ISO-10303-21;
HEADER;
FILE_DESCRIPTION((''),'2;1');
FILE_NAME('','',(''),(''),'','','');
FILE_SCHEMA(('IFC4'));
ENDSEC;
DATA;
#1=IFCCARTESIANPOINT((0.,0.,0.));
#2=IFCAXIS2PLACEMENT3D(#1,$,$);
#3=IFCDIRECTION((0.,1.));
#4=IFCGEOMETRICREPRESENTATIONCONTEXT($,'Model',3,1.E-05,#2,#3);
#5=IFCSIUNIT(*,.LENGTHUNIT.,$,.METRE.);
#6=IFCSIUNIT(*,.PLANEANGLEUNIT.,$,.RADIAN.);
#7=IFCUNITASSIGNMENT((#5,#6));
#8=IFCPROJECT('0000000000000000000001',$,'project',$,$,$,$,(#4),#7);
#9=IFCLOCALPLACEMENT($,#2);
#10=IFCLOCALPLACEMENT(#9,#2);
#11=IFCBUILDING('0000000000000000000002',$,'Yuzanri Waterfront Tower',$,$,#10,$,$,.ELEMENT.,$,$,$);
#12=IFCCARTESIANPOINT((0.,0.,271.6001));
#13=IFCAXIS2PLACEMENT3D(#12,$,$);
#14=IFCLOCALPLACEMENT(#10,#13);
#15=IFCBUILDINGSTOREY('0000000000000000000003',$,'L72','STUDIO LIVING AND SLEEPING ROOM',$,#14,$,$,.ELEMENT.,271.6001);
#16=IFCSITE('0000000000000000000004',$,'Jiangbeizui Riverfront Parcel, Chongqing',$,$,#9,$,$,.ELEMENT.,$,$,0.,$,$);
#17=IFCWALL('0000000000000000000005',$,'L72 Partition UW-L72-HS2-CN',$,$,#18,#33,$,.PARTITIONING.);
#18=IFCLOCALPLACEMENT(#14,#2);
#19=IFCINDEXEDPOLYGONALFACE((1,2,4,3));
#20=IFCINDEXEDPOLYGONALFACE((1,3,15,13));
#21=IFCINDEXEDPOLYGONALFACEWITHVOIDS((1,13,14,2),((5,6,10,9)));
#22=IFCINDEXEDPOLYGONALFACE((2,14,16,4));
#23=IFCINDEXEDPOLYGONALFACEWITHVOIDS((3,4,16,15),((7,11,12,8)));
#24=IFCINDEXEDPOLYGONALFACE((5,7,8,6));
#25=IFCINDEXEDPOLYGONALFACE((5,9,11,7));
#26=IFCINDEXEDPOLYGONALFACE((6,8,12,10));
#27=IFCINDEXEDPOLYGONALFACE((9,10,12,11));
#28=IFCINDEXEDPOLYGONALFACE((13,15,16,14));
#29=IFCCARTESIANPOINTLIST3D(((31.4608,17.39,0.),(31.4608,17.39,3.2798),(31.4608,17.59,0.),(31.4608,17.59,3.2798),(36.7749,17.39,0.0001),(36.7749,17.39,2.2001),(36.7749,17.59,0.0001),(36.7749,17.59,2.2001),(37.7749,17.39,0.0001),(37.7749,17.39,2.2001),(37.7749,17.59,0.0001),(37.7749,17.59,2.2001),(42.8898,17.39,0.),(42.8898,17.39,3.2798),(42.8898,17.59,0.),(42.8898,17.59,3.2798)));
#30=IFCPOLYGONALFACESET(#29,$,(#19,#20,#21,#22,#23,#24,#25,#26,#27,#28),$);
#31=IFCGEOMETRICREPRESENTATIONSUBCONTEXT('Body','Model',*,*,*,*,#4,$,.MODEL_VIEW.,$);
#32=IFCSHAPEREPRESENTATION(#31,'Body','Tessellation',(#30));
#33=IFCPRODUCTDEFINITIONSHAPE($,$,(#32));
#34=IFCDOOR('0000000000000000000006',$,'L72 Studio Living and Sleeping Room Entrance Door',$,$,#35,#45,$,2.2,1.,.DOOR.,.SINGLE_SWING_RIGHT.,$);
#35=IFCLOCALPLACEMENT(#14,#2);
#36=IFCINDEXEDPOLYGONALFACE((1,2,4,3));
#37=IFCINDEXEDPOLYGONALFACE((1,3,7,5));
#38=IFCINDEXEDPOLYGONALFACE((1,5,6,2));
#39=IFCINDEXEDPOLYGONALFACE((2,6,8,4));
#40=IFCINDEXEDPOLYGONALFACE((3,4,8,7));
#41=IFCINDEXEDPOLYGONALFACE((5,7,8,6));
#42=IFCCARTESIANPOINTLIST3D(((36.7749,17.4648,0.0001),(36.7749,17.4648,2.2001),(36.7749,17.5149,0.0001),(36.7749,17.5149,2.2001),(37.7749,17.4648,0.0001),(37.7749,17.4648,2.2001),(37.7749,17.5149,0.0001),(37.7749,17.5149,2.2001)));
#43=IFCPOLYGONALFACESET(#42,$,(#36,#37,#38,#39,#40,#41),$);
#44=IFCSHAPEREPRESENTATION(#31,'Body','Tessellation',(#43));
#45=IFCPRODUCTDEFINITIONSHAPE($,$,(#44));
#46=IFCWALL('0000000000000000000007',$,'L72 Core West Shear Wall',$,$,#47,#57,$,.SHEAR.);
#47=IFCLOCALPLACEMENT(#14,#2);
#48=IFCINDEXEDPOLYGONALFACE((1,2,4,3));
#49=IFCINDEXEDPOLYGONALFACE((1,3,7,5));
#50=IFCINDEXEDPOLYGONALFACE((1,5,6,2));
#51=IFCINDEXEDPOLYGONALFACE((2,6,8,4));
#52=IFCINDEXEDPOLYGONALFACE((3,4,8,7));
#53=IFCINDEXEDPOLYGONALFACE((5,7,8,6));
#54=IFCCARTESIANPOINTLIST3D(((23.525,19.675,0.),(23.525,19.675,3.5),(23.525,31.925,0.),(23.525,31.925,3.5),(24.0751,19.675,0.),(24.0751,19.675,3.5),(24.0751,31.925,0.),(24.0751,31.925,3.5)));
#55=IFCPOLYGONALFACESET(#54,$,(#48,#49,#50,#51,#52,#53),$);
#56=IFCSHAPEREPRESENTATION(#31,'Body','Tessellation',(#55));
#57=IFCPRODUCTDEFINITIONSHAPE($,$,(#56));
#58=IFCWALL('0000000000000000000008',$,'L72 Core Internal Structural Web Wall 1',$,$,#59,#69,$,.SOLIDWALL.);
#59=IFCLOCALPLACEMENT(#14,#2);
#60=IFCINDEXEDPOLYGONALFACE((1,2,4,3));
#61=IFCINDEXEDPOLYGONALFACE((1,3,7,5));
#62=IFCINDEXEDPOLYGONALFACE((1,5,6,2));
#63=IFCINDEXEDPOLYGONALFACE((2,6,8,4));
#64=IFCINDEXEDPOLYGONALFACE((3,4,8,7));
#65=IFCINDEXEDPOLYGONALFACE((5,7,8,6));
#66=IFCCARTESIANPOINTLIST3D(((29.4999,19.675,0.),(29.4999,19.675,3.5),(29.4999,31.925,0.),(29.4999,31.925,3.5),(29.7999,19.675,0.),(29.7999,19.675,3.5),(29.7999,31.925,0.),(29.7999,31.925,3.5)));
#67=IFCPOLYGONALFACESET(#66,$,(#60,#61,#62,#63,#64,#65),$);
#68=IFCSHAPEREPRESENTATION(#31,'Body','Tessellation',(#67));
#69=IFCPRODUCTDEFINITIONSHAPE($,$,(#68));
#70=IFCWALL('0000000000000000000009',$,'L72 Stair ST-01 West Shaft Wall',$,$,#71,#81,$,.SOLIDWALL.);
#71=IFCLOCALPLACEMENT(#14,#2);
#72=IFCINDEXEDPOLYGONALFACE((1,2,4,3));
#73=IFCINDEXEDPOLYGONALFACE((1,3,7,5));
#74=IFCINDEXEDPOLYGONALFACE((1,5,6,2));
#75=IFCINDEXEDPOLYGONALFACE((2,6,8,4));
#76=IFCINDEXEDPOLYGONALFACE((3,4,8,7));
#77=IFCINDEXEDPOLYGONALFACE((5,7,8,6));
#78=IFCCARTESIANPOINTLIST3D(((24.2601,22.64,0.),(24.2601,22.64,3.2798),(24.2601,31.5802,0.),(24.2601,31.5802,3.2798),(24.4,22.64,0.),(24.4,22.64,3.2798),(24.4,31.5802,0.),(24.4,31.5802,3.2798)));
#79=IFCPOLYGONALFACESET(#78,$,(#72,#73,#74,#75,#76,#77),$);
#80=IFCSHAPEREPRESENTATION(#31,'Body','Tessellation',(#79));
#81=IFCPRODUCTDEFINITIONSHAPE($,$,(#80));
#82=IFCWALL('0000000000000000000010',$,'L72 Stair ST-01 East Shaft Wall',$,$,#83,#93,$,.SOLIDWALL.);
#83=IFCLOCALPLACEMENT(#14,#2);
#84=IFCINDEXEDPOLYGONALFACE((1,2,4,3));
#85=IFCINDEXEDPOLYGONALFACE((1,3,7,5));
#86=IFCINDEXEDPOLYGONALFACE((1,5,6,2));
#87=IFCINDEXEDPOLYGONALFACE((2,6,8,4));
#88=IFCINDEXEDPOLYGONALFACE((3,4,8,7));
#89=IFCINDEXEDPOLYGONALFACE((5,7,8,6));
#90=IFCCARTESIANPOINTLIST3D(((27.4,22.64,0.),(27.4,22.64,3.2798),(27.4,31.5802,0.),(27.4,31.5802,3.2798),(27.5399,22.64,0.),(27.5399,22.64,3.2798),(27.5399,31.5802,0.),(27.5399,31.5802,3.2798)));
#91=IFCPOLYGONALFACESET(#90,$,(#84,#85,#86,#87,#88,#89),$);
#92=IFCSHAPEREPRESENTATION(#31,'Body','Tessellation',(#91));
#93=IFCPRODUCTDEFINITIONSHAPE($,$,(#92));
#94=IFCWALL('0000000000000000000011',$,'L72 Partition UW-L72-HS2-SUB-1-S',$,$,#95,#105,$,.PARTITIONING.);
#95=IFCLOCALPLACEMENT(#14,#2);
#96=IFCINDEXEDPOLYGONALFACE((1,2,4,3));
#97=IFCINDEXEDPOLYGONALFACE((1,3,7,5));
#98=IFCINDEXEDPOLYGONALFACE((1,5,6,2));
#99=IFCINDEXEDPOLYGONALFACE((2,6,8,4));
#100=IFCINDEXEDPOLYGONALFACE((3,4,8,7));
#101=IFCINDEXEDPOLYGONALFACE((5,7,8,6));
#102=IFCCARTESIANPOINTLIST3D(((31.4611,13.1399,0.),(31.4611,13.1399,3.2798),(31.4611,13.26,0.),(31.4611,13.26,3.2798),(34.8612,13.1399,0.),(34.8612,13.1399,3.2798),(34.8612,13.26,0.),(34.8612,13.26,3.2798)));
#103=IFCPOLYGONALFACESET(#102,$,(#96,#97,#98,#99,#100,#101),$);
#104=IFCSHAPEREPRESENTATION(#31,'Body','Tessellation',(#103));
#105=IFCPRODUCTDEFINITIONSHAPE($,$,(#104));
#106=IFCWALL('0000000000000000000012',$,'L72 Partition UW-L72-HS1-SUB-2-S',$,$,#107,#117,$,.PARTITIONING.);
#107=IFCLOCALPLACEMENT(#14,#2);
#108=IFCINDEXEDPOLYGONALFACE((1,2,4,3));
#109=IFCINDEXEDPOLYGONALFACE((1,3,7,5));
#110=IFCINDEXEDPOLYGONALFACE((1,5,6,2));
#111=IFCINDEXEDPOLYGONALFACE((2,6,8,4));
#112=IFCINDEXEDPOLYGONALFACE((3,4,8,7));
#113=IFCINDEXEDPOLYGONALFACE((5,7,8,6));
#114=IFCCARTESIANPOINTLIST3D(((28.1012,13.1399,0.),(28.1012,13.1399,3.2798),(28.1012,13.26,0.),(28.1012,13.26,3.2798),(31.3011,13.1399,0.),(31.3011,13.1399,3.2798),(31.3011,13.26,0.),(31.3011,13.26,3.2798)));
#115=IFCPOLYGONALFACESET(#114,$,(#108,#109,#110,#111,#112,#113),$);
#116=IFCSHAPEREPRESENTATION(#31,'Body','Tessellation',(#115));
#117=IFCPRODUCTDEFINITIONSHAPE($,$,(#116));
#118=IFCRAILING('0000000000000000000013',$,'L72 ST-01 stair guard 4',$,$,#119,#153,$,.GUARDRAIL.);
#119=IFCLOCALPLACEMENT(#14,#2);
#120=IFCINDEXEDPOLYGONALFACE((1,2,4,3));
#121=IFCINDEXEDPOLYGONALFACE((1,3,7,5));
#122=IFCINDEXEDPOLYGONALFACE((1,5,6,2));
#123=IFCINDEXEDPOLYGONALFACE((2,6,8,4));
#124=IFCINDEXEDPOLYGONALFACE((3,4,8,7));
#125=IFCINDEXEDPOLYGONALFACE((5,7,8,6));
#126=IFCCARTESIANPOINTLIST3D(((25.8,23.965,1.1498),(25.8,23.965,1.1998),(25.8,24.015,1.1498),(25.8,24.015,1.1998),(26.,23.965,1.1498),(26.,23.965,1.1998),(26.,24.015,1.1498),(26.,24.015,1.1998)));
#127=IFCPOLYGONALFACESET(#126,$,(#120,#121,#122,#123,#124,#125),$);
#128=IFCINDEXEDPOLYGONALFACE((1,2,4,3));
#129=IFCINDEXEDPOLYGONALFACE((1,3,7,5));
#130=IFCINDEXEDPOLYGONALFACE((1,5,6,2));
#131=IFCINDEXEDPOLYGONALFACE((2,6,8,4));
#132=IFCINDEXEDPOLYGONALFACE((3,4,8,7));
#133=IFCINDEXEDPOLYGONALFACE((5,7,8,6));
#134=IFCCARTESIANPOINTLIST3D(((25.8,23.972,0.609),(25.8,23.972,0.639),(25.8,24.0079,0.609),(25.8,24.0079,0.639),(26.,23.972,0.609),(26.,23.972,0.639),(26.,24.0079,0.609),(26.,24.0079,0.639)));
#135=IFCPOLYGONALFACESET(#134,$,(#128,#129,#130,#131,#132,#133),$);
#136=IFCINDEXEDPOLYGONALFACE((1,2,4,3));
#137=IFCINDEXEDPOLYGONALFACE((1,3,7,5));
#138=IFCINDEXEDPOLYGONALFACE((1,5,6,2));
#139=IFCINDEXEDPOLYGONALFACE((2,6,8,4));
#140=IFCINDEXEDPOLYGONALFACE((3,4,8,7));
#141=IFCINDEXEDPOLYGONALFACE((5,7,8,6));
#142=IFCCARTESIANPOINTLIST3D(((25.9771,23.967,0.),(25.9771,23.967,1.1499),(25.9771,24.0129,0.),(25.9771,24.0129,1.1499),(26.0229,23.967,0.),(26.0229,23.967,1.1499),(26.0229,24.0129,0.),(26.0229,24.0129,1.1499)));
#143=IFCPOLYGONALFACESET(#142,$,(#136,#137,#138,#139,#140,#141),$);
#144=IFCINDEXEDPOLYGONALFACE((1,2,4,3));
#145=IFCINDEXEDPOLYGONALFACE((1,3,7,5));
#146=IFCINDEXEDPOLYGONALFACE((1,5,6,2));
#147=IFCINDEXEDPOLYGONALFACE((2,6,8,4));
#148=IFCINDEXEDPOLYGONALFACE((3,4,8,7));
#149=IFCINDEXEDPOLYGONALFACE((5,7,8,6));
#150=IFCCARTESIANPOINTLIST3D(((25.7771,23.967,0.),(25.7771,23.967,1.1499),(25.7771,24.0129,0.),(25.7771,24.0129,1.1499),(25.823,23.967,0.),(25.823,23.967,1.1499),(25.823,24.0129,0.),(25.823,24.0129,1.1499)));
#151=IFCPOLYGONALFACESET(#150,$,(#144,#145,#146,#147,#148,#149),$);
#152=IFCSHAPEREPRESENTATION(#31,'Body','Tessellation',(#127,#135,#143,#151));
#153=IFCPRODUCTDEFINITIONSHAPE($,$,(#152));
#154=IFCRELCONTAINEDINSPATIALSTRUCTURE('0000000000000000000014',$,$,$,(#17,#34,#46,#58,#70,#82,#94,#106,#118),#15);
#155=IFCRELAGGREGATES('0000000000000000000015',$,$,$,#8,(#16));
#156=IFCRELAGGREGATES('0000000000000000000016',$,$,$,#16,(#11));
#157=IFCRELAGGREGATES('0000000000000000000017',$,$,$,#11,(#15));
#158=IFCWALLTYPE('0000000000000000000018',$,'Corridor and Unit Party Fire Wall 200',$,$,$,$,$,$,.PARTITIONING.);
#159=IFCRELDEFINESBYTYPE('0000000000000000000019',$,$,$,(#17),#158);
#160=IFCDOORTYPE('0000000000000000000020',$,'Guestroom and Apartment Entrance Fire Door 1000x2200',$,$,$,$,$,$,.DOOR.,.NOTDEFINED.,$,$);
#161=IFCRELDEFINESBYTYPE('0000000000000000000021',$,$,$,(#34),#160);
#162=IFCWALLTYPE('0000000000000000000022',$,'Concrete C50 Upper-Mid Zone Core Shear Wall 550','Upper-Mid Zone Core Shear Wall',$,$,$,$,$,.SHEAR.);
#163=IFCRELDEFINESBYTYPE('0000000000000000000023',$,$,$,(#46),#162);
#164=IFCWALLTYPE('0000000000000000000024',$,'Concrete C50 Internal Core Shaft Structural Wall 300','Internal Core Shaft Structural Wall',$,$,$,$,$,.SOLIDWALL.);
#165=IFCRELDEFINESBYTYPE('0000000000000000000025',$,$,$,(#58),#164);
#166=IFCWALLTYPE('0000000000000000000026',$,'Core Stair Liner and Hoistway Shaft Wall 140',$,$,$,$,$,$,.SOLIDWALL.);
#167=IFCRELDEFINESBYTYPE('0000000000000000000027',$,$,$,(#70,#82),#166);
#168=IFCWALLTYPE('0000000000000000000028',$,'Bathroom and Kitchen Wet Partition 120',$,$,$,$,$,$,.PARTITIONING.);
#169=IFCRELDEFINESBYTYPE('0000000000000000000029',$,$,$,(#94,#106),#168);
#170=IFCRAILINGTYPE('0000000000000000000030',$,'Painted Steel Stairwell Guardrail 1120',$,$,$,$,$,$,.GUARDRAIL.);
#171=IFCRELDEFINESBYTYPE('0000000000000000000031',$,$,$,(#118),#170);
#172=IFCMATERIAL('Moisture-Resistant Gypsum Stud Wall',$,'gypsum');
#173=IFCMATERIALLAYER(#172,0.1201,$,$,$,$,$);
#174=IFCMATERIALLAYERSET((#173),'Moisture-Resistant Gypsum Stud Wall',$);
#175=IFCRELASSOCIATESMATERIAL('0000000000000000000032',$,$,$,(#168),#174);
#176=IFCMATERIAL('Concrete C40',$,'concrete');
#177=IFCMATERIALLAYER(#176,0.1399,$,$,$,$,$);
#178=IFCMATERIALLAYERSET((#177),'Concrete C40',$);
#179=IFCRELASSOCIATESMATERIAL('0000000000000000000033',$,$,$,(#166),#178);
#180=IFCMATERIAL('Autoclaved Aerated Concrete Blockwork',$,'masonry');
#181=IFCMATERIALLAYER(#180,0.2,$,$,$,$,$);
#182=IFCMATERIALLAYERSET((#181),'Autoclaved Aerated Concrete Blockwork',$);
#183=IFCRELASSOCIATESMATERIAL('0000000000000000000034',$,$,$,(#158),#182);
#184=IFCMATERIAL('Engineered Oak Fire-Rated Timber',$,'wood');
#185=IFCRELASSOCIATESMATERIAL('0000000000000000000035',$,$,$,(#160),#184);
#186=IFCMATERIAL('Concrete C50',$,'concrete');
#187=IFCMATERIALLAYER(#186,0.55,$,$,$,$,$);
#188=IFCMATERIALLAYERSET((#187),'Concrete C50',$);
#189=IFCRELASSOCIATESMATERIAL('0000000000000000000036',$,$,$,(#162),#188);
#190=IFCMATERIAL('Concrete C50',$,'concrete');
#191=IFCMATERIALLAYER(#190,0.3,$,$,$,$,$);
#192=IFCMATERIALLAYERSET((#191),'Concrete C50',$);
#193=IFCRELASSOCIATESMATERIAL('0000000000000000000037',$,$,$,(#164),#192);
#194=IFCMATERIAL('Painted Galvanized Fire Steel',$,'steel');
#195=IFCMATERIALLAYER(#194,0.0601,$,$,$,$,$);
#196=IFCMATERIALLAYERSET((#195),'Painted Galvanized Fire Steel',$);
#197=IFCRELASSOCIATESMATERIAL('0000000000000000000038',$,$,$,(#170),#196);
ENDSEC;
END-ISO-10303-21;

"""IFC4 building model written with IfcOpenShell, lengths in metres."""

from ifc_helpers import new_model, si_unit, direction, frame, frame_2d, origin, origin_2d, place, context, subcontext, project, spatial, rectangle, extrude, source, transform, mapped, material, layer, layer_set, type_object, element, fill, save


model = new_model("IFC4")

# Units and contexts
model_context = context("Model", 3, precision=1e-05, world=origin(), true_north=direction((0.0, 1.0)))
body_context = subcontext(model_context, "Body", "Model", "MODEL_VIEW")
ifc_project = project(units=[si_unit("LENGTHUNIT", "METRE"), si_unit("PLANEANGLEUNIT", "RADIAN")], contexts=[model_context])

# Site, building, storey
site_placement = place(None, origin())
site = spatial("IfcSite", under=ifc_project, at=site_placement, Name="Jiangbeizui Riverfront Parcel, Chongqing", CompositionType="ELEMENT", RefElevation=0.0)
building_placement = place(site_placement, origin())
building = spatial("IfcBuilding", under=site, at=building_placement, Name="Yuzanri Waterfront Tower", CompositionType="ELEMENT")
storey_placement = place(building_placement, frame((0.0, 0.0, 271.6001)))
storey = spatial("IfcBuildingStorey", under=building, at=storey_placement, Name="L72", Description="STUDIO LIVING AND SLEEPING ROOM", CompositionType="ELEMENT", Elevation=271.6001)

# Wall, opening, door
ifc_material_1 = material(Name="Moisture-Resistant Gypsum Stud Wall", Category="gypsum")
ifc_layer_1 = layer(ifc_material_1, 0.1201)
ifc_layer_set_1 = layer_set([ifc_layer_1], Name="Moisture-Resistant Gypsum Stud Wall")
wall_type_1 = type_object("IfcWallType", Name="Bathroom and Kitchen Wet Partition 120", PredefinedType="PARTITIONING", material=ifc_layer_set_1)
ifc_material_2 = material(Name="Concrete C40", Category="concrete")
ifc_layer_2 = layer(ifc_material_2, 0.1399)
ifc_layer_set_2 = layer_set([ifc_layer_2], Name="Concrete C40")
wall_type_2 = type_object("IfcWallType", Name="Core Stair Liner and Hoistway Shaft Wall 140", PredefinedType="SOLIDWALL", material=ifc_layer_set_2)
ifc_material_3 = material(Name="Autoclaved Aerated Concrete Blockwork", Category="masonry")
ifc_layer_3 = layer(ifc_material_3, 0.2)
ifc_layer_set_3 = layer_set([ifc_layer_3], Name="Autoclaved Aerated Concrete Blockwork")
wall_type_3 = type_object("IfcWallType", Name="Corridor and Unit Party Fire Wall 200", PredefinedType="PARTITIONING", material=ifc_layer_set_3)
wall_1_placement = place(storey_placement, frame((31.4609, 17.49, 0.0), z_axis=(0.0, 0.0, 1.0), x_axis=(1.0, 0.0, 0.0)))
wall_1 = element("IfcWall", 1, at=wall_1_placement, inside=storey, type_object=wall_type_3, Name="L72 Partition UW-L72-HS2-CN", PredefinedType="PARTITIONING", context=body_context, shape_type="SweptSolid", body=[
    extrude(rectangle(XDim=11.429, YDim=0.2, at=frame_2d((5.7144, 0.0))), origin(), (0.0, 0.0, 1.0), 3.2798),
])
opening_1_placement = place(wall_1_placement, frame((5.314, 0.0, 0.0)))
opening_1 = element("IfcOpeningElement", 2, at=opening_1_placement, cuts=wall_1, PredefinedType="OPENING", context=body_context, shape_type="SweptSolid", body=[
    extrude(rectangle(XDim=1.0, YDim=2.2, at=frame_2d((0.5, 1.1001))), frame((0.0, 0.1147, 0.0), z_axis=(0.0, -1.0, 0.0), x_axis=(1.0, 0.0, 0.0)), (0.0, 0.0, 1.0), 0.2297),
])
ifc_material_4 = material(Name="Engineered Oak Fire-Rated Timber", Category="wood")
door_type_1 = type_object("IfcDoorType", Name="Guestroom and Apartment Entrance Fire Door 1000x2200", OperationType="NOTDEFINED", PredefinedType="DOOR", material=ifc_material_4)
shared_shape_1 = source(origin(), body_context, "Body", "SweptSolid", [
    extrude(rectangle(XDim=1.0, YDim=2.2, at=frame_2d((0.5, 1.1001))), frame((0.0, 0.0249, 0.0), z_axis=(0.0, -1.0, 0.0), x_axis=(1.0, 0.0, 0.0)), (0.0, 0.0, 1.0), 0.05),
])
door_1_placement = place(opening_1_placement, origin())
door_1 = element("IfcDoor", 3, at=door_1_placement, inside=storey, type_object=door_type_1, Name="L72 Studio Living and Sleeping Room Entrance Door", OperationType="SINGLE_SWING_RIGHT", OverallHeight=2.2, OverallWidth=1.0, PredefinedType="DOOR", context=body_context, shape_type="MappedRepresentation", body=[
    mapped(shared_shape_1, transform((0.0, 0.0, 0.0), scale=1.0)),
])
fill(opening_1, door_1)

# Walls
ifc_material_5 = material(Name="Concrete C50", Category="concrete")
ifc_layer_4 = layer(ifc_material_5, 0.55)
ifc_layer_set_4 = layer_set([ifc_layer_4], Name="Concrete C50")
wall_type_4 = type_object("IfcWallType", Name="Concrete C50 Upper-Mid Zone Core Shear Wall 550", Description="Upper-Mid Zone Core Shear Wall", PredefinedType="SHEAR", material=ifc_layer_set_4)
shared_shape_2 = source(origin(), body_context, "Body", "SweptSolid", [
    extrude(rectangle(XDim=12.25, YDim=0.55, at=frame_2d((6.125, 0.0))), origin(), (0.0, 0.0, 1.0), 3.5),
])
wall_2_placement = place(storey_placement, frame((23.8, 19.675, 0.0), z_axis=(0.0, 0.0, 1.0), x_axis=(0.0, 1.0, 0.0)))
element("IfcWall", 4, at=wall_2_placement, inside=storey, type_object=wall_type_4, Name="L72 Core West Shear Wall", PredefinedType="SHEAR", context=body_context, shape_type="MappedRepresentation", body=[
    mapped(shared_shape_2, transform((0.0, 0.0, 0.0), scale=1.0)),
])
ifc_material_6 = material(Name="Concrete C50", Category="concrete")
ifc_layer_5 = layer(ifc_material_6, 0.3)
ifc_layer_set_5 = layer_set([ifc_layer_5], Name="Concrete C50")
wall_type_5 = type_object("IfcWallType", Name="Concrete C50 Internal Core Shaft Structural Wall 300", Description="Internal Core Shaft Structural Wall", PredefinedType="SOLIDWALL", material=ifc_layer_set_5)
shared_shape_3 = source(origin(), body_context, "Body", "SweptSolid", [
    extrude(rectangle(XDim=12.25, YDim=0.3, at=frame_2d((6.125, 0.0))), origin(), (0.0, 0.0, 1.0), 3.5),
])
wall_3_placement = place(storey_placement, frame((29.6499, 19.675, 0.0), z_axis=(0.0, 0.0, 1.0), x_axis=(0.0, 1.0, 0.0)))
element("IfcWall", 5, at=wall_3_placement, inside=storey, type_object=wall_type_5, Name="L72 Core Internal Structural Web Wall 1", PredefinedType="SOLIDWALL", context=body_context, shape_type="MappedRepresentation", body=[
    mapped(shared_shape_3, transform((0.0, 0.0, 0.0), scale=1.0)),
])
shared_shape_4 = source(origin(), body_context, "Body", "SweptSolid", [
    extrude(rectangle(XDim=8.9402, YDim=0.1399, at=frame_2d((4.4702, 0.0))), origin(), (0.0, 0.0, 1.0), 3.2798),
])
for number, where, z_axis, x_axis, name in (
    (6, (24.3301, 22.6399, 0.0), (0.0, 0.0, 1.0), (0.0, 1.0, 0.0), "L72 Stair ST-01 West Shaft Wall"),
    (7, (27.47, 22.6399, 0.0), (0.0, 0.0, 1.0), (0.0, 1.0, 0.0), "L72 Stair ST-01 East Shaft Wall"),
):
    element("IfcWall", number, at=place(storey_placement, frame(where, z_axis=z_axis, x_axis=x_axis)), inside=storey, type_object=wall_type_2, Name=name, PredefinedType="SOLIDWALL", context=body_context, shape_type="MappedRepresentation", body=[
        mapped(shared_shape_4, transform((0.0, 0.0, 0.0), scale=1.0)),
    ])
shared_shape_5 = source(origin(), body_context, "Body", "SweptSolid", [
    extrude(rectangle(XDim=3.4001, YDim=0.1201, at=frame_2d((1.7002, 0.0))), origin(), (0.0, 0.0, 1.0), 3.2798),
])
wall_4_placement = place(storey_placement, frame((31.4609, 13.2, 0.0), z_axis=(0.0, 0.0, 1.0), x_axis=(1.0, 0.0, 0.0)))
element("IfcWall", 8, at=wall_4_placement, inside=storey, type_object=wall_type_1, Name="L72 Partition UW-L72-HS2-SUB-1-S", PredefinedType="PARTITIONING", context=body_context, shape_type="MappedRepresentation", body=[
    mapped(shared_shape_5, transform((0.0, 0.0, 0.0), scale=1.0)),
])
shared_shape_6 = source(origin(), body_context, "Body", "SweptSolid", [
    extrude(rectangle(XDim=3.2, YDim=0.1201, at=frame_2d((1.6001, 0.0))), origin(), (0.0, 0.0, 1.0), 3.2798),
])
wall_5_placement = place(storey_placement, frame((28.1011, 13.2, 0.0), z_axis=(0.0, 0.0, 1.0), x_axis=(1.0, 0.0, 0.0)))
element("IfcWall", 9, at=wall_5_placement, inside=storey, type_object=wall_type_1, Name="L72 Partition UW-L72-HS1-SUB-2-S", PredefinedType="PARTITIONING", context=body_context, shape_type="MappedRepresentation", body=[
    mapped(shared_shape_6, transform((0.0, 0.0, 0.0), scale=1.0)),
])

# Railing
ifc_material_7 = material(Name="Painted Galvanized Fire Steel", Category="steel")
ifc_layer_6 = layer(ifc_material_7, 0.0601)
ifc_layer_set_6 = layer_set([ifc_layer_6], Name="Painted Galvanized Fire Steel")
railing_type = type_object("IfcRailingType", Name="Painted Steel Stairwell Guardrail 1120", PredefinedType="GUARDRAIL", material=ifc_layer_set_6)
shared_shape_7 = source(origin(), body_context, "Body", "SweptSolid", [
    extrude(rectangle(XDim=0.05, YDim=0.05, at=origin_2d()), frame((0.0, 0.0, 1.1748), z_axis=(-1.0, 0.0, 0.0), x_axis=(0.0, -1.0, 0.0)), (0.0, 0.0, 1.0), 0.2),
    extrude(rectangle(XDim=0.0359, YDim=0.03, at=origin_2d()), frame((0.0, 0.0, 0.624), z_axis=(-1.0, 0.0, 0.0), x_axis=(0.0, -1.0, 0.0)), (0.0, 0.0, 1.0), 0.2),
    extrude(rectangle(XDim=0.0459, YDim=0.0459, at=origin_2d()), origin(), (0.0, 0.0, 1.0), 1.1499),
    extrude(rectangle(XDim=0.0459, YDim=0.0459, at=origin_2d()), frame((-0.2, 0.0, 0.0)), (0.0, 0.0, 1.0), 1.1499),
])
railing_placement = place(storey_placement, frame((26.0, 23.99, 0.0)))
element("IfcRailing", 10, at=railing_placement, inside=storey, type_object=railing_type, Name="L72 ST-01 stair guard 4", PredefinedType="GUARDRAIL", context=body_context, shape_type="MappedRepresentation", body=[
    mapped(shared_shape_7, transform((0.0, 0.0, 0.0), scale=1.0)),
])

save(model, "model.ifc")
